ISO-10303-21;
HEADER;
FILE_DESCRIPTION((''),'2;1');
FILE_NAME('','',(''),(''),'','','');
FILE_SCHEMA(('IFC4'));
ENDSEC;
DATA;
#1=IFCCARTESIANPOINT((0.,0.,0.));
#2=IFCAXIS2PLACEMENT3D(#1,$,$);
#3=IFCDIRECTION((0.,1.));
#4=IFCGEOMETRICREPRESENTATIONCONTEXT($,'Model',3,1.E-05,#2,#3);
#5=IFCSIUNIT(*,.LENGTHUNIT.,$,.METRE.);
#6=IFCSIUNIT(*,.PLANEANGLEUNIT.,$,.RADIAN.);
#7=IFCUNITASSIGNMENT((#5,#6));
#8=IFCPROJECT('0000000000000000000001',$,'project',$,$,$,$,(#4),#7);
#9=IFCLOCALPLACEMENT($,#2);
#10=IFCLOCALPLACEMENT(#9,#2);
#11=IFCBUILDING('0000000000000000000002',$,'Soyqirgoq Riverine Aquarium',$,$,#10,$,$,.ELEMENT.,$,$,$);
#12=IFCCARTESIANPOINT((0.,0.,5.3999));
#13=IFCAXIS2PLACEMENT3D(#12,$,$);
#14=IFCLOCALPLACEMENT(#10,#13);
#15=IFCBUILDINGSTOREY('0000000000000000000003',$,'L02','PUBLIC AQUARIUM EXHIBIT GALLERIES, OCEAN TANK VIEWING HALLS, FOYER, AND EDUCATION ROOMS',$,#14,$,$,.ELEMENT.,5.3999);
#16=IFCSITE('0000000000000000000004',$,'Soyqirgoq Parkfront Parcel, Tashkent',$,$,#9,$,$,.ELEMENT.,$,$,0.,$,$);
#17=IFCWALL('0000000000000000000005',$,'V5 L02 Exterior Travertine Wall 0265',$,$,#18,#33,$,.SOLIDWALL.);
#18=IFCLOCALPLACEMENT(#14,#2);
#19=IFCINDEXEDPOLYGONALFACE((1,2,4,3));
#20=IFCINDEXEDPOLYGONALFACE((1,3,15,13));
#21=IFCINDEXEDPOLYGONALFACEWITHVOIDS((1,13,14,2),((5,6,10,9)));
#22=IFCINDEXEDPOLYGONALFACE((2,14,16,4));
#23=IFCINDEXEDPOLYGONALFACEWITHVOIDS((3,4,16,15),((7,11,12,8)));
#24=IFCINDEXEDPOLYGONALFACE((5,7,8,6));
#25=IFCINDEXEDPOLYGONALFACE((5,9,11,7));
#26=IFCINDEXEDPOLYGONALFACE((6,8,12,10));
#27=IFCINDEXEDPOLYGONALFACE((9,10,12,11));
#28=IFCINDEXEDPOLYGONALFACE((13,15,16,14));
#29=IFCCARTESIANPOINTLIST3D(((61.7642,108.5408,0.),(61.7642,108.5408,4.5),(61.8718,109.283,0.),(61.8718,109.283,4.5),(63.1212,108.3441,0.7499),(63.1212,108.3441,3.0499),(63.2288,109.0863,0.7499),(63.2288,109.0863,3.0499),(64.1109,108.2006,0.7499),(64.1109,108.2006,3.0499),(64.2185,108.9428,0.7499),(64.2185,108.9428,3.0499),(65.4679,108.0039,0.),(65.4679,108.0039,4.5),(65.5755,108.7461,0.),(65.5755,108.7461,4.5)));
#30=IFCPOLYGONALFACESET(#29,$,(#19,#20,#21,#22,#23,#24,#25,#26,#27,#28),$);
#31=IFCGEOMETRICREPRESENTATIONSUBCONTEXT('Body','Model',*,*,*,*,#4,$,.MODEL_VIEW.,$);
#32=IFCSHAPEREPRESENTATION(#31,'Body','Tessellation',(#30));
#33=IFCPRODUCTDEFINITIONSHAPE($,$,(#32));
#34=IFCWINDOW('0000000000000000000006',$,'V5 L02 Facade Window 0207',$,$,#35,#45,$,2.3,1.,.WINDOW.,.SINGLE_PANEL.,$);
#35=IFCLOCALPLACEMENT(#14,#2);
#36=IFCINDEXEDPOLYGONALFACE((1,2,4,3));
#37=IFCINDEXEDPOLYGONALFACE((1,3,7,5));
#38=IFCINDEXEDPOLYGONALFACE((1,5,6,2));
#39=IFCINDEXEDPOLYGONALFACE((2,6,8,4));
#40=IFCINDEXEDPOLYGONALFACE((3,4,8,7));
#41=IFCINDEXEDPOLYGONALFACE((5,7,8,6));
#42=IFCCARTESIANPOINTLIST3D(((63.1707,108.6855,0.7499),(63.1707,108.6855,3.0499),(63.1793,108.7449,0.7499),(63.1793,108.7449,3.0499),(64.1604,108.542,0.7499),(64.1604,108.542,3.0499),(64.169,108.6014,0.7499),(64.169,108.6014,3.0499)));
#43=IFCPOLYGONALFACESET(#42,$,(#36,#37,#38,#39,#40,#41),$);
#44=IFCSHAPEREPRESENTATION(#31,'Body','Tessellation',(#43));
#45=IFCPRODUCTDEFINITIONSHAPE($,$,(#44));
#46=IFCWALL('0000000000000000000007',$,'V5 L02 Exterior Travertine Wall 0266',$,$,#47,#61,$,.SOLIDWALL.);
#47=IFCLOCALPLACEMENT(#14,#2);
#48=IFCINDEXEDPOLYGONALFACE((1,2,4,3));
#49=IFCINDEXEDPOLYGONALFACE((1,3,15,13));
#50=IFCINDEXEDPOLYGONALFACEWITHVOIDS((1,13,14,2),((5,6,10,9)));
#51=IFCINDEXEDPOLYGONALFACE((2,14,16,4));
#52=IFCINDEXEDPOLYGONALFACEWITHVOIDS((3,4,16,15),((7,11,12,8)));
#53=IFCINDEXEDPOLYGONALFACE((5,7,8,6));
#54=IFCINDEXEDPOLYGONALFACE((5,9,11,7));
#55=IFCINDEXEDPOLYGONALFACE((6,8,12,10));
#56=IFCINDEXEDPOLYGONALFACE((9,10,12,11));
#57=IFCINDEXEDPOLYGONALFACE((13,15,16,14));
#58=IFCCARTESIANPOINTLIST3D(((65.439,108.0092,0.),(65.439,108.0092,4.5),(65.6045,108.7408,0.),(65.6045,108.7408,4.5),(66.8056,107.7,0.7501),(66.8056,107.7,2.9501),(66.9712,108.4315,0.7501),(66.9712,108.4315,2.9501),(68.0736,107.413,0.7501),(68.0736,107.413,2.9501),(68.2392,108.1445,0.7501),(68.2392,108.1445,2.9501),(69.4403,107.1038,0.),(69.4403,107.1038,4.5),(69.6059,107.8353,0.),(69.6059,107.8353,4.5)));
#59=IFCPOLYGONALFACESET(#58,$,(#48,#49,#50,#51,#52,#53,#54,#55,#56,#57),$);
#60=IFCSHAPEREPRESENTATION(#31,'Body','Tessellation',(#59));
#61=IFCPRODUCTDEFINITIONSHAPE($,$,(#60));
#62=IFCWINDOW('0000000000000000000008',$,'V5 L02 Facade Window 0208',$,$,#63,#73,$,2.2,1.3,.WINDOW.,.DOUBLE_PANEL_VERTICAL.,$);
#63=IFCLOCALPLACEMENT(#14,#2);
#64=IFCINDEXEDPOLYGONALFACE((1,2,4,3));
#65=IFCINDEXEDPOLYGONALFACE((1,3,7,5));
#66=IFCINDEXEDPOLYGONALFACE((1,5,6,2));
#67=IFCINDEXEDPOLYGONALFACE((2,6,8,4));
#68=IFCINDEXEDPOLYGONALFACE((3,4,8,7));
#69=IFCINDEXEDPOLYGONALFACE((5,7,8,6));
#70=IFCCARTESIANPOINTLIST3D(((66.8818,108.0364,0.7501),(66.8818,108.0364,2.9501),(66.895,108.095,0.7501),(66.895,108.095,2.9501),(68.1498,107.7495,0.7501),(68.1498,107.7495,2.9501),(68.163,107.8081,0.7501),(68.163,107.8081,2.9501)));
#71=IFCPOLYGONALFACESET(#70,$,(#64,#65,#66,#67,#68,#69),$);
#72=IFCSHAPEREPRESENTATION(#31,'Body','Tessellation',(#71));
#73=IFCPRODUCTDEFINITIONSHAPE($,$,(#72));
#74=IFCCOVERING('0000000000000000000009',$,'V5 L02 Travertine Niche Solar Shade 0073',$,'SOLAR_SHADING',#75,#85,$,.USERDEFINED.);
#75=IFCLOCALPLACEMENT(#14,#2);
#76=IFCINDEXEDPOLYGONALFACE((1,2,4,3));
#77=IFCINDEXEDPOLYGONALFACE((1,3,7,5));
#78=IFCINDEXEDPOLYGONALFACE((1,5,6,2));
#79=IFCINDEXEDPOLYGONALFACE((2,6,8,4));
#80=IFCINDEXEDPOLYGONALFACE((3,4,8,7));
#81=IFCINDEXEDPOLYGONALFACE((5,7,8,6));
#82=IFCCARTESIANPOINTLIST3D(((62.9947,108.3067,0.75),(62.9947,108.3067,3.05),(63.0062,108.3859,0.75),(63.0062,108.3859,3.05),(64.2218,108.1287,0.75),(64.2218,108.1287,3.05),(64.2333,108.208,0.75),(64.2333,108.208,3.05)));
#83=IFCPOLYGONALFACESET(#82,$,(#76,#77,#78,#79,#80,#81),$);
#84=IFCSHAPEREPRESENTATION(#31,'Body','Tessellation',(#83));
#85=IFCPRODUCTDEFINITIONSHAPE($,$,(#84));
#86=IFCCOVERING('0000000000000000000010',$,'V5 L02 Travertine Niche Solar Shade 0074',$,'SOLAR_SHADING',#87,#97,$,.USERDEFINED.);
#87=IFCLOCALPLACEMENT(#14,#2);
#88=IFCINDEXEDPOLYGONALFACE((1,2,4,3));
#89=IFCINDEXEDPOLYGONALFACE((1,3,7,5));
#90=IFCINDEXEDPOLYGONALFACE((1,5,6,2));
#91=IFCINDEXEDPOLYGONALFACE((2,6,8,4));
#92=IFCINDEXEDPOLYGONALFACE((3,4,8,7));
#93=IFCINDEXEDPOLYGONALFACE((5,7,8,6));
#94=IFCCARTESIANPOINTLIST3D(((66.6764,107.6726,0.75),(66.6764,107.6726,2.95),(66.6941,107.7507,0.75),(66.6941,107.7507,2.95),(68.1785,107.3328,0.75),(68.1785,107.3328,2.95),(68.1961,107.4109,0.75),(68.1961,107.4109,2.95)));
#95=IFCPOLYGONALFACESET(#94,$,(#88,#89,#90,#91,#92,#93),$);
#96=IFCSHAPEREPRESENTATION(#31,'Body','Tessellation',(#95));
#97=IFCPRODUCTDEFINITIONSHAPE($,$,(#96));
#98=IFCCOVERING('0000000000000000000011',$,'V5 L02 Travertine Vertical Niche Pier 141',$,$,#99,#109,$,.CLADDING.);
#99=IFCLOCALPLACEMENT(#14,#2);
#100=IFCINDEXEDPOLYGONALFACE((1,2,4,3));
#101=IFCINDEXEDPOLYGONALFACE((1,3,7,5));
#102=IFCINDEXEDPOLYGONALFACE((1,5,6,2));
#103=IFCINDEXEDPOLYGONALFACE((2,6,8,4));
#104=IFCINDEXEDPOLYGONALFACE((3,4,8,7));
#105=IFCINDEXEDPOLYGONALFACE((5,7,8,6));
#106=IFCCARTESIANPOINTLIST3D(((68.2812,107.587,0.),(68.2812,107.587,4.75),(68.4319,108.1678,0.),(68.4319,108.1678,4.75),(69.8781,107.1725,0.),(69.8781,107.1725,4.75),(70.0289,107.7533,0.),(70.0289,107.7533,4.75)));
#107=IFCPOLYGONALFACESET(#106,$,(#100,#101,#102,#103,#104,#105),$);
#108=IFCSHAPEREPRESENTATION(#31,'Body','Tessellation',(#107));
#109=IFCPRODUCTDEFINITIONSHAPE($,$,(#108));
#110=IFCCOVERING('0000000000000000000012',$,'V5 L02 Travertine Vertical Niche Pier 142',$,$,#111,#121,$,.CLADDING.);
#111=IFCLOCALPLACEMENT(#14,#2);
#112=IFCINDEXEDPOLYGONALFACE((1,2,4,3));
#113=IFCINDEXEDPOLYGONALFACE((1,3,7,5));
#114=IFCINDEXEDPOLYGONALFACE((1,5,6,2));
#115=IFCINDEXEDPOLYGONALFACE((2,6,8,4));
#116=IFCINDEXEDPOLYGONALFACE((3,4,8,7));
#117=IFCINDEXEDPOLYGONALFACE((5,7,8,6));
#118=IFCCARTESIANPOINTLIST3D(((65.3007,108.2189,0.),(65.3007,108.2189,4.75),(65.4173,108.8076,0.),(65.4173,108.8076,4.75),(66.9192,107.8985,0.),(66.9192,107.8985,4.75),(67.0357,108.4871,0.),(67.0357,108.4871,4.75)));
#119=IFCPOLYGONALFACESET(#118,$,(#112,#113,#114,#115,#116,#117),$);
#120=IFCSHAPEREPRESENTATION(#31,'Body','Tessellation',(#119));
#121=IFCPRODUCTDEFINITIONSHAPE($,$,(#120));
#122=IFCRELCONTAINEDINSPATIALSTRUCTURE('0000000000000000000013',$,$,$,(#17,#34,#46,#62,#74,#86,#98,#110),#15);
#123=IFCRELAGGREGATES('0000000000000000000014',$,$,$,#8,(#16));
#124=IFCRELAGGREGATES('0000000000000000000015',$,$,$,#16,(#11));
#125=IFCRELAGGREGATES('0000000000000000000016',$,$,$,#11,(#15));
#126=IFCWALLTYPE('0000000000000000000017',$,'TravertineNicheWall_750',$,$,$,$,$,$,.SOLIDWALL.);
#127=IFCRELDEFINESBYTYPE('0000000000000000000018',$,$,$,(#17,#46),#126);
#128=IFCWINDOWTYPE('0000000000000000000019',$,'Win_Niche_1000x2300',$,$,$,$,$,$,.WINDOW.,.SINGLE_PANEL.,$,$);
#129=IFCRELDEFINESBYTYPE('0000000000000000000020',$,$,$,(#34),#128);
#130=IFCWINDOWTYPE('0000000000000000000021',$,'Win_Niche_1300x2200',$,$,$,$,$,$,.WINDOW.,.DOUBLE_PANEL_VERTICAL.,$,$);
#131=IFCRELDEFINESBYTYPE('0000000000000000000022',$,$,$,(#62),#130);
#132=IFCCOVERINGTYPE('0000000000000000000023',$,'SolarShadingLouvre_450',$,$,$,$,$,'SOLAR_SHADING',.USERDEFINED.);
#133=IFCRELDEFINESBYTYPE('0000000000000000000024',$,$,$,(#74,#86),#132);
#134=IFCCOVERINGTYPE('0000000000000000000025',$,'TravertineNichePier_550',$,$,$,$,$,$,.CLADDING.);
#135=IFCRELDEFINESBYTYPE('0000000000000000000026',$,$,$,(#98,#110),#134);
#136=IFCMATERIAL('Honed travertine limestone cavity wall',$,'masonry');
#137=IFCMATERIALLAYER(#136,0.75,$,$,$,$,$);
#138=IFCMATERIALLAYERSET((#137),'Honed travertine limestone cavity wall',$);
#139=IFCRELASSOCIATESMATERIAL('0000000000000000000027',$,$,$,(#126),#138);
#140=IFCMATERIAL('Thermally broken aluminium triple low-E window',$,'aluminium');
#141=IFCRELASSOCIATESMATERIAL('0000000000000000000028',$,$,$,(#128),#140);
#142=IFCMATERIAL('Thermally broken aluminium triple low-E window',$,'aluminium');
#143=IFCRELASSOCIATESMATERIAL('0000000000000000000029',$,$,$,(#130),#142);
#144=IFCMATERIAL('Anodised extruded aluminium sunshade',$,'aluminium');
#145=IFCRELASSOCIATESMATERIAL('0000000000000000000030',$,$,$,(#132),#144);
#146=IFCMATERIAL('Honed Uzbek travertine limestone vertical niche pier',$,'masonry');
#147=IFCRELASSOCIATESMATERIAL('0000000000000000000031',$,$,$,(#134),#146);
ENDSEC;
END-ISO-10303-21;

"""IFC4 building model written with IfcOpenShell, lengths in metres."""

from ifc_helpers import new_model, si_unit, direction, frame, frame_2d, origin, origin_2d, place, context, subcontext, project, spatial, rectangle, extrude, material, layer, layer_set, type_object, element, fill, save


model = new_model("IFC4")

# Units and contexts
model_context = context("Model", 3, precision=1e-05, world=origin(), true_north=direction((0.0, 1.0)))
body_context = subcontext(model_context, "Body", "Model", "MODEL_VIEW")
ifc_project = project(units=[si_unit("LENGTHUNIT", "METRE"), si_unit("PLANEANGLEUNIT", "RADIAN")], contexts=[model_context])

# Site, building, storey
site_placement = place(None, origin())
site = spatial("IfcSite", under=ifc_project, at=site_placement, Name="Soyqirgoq Parkfront Parcel, Tashkent", CompositionType="ELEMENT", RefElevation=0.0)
building_placement = place(site_placement, origin())
building = spatial("IfcBuilding", under=site, at=building_placement, Name="Soyqirgoq Riverine Aquarium", CompositionType="ELEMENT")
storey_placement = place(building_placement, frame((0.0, 0.0, 5.3999)))
storey = spatial("IfcBuildingStorey", under=building, at=storey_placement, Name="L02", Description="PUBLIC AQUARIUM EXHIBIT GALLERIES, OCEAN TANK VIEWING HALLS, FOYER, AND EDUCATION ROOMS", CompositionType="ELEMENT", Elevation=5.3999)

# Walls, openings, windows
ifc_material_1 = material(Name="Honed travertine limestone cavity wall", Category="masonry")
ifc_layer_1 = layer(ifc_material_1, 0.75)
ifc_layer_set_1 = layer_set([ifc_layer_1], Name="Honed travertine limestone cavity wall")
wall_type_1 = type_object("IfcWallType", Name="TravertineNicheWall_750", PredefinedType="SOLIDWALL", material=ifc_layer_set_1)
wall_1_placement = place(storey_placement, frame((61.8181, 108.9119, 0.0), z_axis=(0.0, 0.0, 1.0), x_axis=(0.989656, -0.143458, 0.0)))
wall_1 = element("IfcWall", 1, at=wall_1_placement, inside=storey, type_object=wall_type_1, Name="V5 L02 Exterior Travertine Wall 0265", PredefinedType="SOLIDWALL", context=body_context, shape_type="SweptSolid", body=[
    extrude(rectangle(XDim=3.7424, YDim=0.75, at=frame_2d((1.8711, 0.0))), origin(), (0.0, 0.0, 1.0), 4.5),
])
opening_1_placement = place(wall_1_placement, frame((1.3711, 0.0, 0.75)))
opening_1 = element("IfcOpeningElement", 2, at=opening_1_placement, cuts=wall_1, PredefinedType="OPENING", context=body_context, shape_type="SweptSolid", body=[
    extrude(rectangle(XDim=1.0, YDim=2.3, at=frame_2d((0.5, 1.1499))), frame((0.0, 0.385, 0.0), z_axis=(0.0, -1.0, 0.0), x_axis=(1.0, 0.0, 0.0)), (0.0, 0.0, 1.0), 0.77),
])
ifc_material_2 = material(Name="Thermally broken aluminium triple low-E window", Category="aluminium")
window_type_1 = type_object("IfcWindowType", Name="Win_Niche_1000x2300", PartitioningType="SINGLE_PANEL", PredefinedType="WINDOW", material=ifc_material_2)
window_1_placement = place(opening_1_placement, origin())
window_1 = element("IfcWindow", 3, at=window_1_placement, inside=storey, type_object=window_type_1, Name="V5 L02 Facade Window 0207", OverallHeight=2.3, OverallWidth=1.0, PartitioningType="SINGLE_PANEL", PredefinedType="WINDOW", context=body_context, shape_type="SweptSolid", body=[
    extrude(rectangle(XDim=1.0, YDim=2.3, at=frame_2d((0.5, 1.1499))), frame((0.0, 0.03, 0.0), z_axis=(0.0, -1.0, 0.0), x_axis=(1.0, 0.0, 0.0)), (0.0, 0.0, 1.0), 0.0601),
])
fill(opening_1, window_1)
wall_2_placement = place(storey_placement, frame((65.5217, 108.375, 0.0), z_axis=(0.0, 0.0, 1.0), x_axis=(0.975338, -0.220716, 0.0)))
wall_2 = element("IfcWall", 4, at=wall_2_placement, inside=storey, type_object=wall_type_1, Name="V5 L02 Exterior Travertine Wall 0266", PredefinedType="SOLIDWALL", context=body_context, shape_type="SweptSolid", body=[
    extrude(rectangle(XDim=4.1025, YDim=0.75, at=frame_2d((2.0513, 0.0))), origin(), (0.0, 0.0, 1.0), 4.5),
])
opening_2_placement = place(wall_2_placement, frame((1.4014, 0.0, 0.75)))
opening_2 = element("IfcOpeningElement", 5, at=opening_2_placement, cuts=wall_2, PredefinedType="OPENING", context=body_context, shape_type="SweptSolid", body=[
    extrude(rectangle(XDim=1.3, YDim=2.2, at=frame_2d((0.6499, 1.1001))), frame((0.0, 0.385, 0.0), z_axis=(0.0, -1.0, 0.0), x_axis=(1.0, 0.0, 0.0)), (0.0, 0.0, 1.0), 0.77),
])
ifc_material_3 = material(Name="Thermally broken aluminium triple low-E window", Category="aluminium")
window_type_2 = type_object("IfcWindowType", Name="Win_Niche_1300x2200", PartitioningType="DOUBLE_PANEL_VERTICAL", PredefinedType="WINDOW", material=ifc_material_3)
window_2_placement = place(opening_2_placement, origin())
window_2 = element("IfcWindow", 6, at=window_2_placement, inside=storey, type_object=window_type_2, Name="V5 L02 Facade Window 0208", OverallHeight=2.2, OverallWidth=1.3, PartitioningType="DOUBLE_PANEL_VERTICAL", PredefinedType="WINDOW", context=body_context, shape_type="SweptSolid", body=[
    extrude(rectangle(XDim=1.3, YDim=2.2, at=frame_2d((0.6499, 1.1001))), frame((0.0, 0.03, 0.0), z_axis=(0.0, -1.0, 0.0), x_axis=(1.0, 0.0, 0.0)), (0.0, 0.0, 1.0), 0.0601),
])
fill(opening_2, window_2)

# Coverings
ifc_material_4 = material(Name="Anodised extruded aluminium sunshade", Category="aluminium")
covering_type_1 = type_object("IfcCoveringType", Name="SolarShadingLouvre_450", ElementType="SOLAR_SHADING", PredefinedType="USERDEFINED", material=ifc_material_4)
covering_1_placement = place(storey_placement, frame((63.614, 108.2573, 0.75), z_axis=(0.0, 0.0, 1.0), x_axis=(0.989651, -0.143493, 0.0)))
element("IfcCovering", 7, at=covering_1_placement, inside=storey, type_object=covering_type_1, Name="V5 L02 Travertine Niche Solar Shade 0073", ObjectType="SOLAR_SHADING", PredefinedType="USERDEFINED", context=body_context, shape_type="SweptSolid", body=[
    extrude(rectangle(XDim=1.24, YDim=0.0801, at=origin_2d()), origin(), (0.0, 0.0, 1.0), 2.3),
])
covering_2_placement = place(storey_placement, frame((67.4363, 107.5417, 0.75), z_axis=(0.0, 0.0, 1.0), x_axis=(0.975342, -0.220697, 0.0)))
element("IfcCovering", 8, at=covering_2_placement, inside=storey, type_object=covering_type_1, Name="V5 L02 Travertine Niche Solar Shade 0074", ObjectType="SOLAR_SHADING", PredefinedType="USERDEFINED", context=body_context, shape_type="SweptSolid", body=[
    extrude(rectangle(XDim=1.54, YDim=0.0801, at=origin_2d()), origin(), (0.0, 0.0, 1.0), 2.2),
])
ifc_material_5 = material(Name="Honed Uzbek travertine limestone vertical niche pier", Category="masonry")
covering_type_2 = type_object("IfcCoveringType", Name="TravertineNichePier_550", PredefinedType="CLADDING", material=ifc_material_5)
for number, where, z_axis, x_axis, name in (
    (9, (69.155, 107.6702, 0.0), (0.0, 0.0, 1.0), (0.251225, 0.967929, 0.0), "V5 L02 Travertine Vertical Niche Pier 141"),
    (10, (66.1682, 108.353, 0.0), (0.0, 0.0, 1.0), (0.194234, 0.980955, 0.0), "V5 L02 Travertine Vertical Niche Pier 142"),
):
    element("IfcCovering", number, at=place(storey_placement, frame(where, z_axis=z_axis, x_axis=x_axis)), inside=storey, type_object=covering_type_2, Name=name, PredefinedType="CLADDING", context=body_context, shape_type="SweptSolid", body=[
        extrude(rectangle(XDim=0.6001, YDim=1.6499, at=origin_2d()), origin(), (0.0, 0.0, 1.0), 4.75),
    ])

save(model, "model.ifc")
